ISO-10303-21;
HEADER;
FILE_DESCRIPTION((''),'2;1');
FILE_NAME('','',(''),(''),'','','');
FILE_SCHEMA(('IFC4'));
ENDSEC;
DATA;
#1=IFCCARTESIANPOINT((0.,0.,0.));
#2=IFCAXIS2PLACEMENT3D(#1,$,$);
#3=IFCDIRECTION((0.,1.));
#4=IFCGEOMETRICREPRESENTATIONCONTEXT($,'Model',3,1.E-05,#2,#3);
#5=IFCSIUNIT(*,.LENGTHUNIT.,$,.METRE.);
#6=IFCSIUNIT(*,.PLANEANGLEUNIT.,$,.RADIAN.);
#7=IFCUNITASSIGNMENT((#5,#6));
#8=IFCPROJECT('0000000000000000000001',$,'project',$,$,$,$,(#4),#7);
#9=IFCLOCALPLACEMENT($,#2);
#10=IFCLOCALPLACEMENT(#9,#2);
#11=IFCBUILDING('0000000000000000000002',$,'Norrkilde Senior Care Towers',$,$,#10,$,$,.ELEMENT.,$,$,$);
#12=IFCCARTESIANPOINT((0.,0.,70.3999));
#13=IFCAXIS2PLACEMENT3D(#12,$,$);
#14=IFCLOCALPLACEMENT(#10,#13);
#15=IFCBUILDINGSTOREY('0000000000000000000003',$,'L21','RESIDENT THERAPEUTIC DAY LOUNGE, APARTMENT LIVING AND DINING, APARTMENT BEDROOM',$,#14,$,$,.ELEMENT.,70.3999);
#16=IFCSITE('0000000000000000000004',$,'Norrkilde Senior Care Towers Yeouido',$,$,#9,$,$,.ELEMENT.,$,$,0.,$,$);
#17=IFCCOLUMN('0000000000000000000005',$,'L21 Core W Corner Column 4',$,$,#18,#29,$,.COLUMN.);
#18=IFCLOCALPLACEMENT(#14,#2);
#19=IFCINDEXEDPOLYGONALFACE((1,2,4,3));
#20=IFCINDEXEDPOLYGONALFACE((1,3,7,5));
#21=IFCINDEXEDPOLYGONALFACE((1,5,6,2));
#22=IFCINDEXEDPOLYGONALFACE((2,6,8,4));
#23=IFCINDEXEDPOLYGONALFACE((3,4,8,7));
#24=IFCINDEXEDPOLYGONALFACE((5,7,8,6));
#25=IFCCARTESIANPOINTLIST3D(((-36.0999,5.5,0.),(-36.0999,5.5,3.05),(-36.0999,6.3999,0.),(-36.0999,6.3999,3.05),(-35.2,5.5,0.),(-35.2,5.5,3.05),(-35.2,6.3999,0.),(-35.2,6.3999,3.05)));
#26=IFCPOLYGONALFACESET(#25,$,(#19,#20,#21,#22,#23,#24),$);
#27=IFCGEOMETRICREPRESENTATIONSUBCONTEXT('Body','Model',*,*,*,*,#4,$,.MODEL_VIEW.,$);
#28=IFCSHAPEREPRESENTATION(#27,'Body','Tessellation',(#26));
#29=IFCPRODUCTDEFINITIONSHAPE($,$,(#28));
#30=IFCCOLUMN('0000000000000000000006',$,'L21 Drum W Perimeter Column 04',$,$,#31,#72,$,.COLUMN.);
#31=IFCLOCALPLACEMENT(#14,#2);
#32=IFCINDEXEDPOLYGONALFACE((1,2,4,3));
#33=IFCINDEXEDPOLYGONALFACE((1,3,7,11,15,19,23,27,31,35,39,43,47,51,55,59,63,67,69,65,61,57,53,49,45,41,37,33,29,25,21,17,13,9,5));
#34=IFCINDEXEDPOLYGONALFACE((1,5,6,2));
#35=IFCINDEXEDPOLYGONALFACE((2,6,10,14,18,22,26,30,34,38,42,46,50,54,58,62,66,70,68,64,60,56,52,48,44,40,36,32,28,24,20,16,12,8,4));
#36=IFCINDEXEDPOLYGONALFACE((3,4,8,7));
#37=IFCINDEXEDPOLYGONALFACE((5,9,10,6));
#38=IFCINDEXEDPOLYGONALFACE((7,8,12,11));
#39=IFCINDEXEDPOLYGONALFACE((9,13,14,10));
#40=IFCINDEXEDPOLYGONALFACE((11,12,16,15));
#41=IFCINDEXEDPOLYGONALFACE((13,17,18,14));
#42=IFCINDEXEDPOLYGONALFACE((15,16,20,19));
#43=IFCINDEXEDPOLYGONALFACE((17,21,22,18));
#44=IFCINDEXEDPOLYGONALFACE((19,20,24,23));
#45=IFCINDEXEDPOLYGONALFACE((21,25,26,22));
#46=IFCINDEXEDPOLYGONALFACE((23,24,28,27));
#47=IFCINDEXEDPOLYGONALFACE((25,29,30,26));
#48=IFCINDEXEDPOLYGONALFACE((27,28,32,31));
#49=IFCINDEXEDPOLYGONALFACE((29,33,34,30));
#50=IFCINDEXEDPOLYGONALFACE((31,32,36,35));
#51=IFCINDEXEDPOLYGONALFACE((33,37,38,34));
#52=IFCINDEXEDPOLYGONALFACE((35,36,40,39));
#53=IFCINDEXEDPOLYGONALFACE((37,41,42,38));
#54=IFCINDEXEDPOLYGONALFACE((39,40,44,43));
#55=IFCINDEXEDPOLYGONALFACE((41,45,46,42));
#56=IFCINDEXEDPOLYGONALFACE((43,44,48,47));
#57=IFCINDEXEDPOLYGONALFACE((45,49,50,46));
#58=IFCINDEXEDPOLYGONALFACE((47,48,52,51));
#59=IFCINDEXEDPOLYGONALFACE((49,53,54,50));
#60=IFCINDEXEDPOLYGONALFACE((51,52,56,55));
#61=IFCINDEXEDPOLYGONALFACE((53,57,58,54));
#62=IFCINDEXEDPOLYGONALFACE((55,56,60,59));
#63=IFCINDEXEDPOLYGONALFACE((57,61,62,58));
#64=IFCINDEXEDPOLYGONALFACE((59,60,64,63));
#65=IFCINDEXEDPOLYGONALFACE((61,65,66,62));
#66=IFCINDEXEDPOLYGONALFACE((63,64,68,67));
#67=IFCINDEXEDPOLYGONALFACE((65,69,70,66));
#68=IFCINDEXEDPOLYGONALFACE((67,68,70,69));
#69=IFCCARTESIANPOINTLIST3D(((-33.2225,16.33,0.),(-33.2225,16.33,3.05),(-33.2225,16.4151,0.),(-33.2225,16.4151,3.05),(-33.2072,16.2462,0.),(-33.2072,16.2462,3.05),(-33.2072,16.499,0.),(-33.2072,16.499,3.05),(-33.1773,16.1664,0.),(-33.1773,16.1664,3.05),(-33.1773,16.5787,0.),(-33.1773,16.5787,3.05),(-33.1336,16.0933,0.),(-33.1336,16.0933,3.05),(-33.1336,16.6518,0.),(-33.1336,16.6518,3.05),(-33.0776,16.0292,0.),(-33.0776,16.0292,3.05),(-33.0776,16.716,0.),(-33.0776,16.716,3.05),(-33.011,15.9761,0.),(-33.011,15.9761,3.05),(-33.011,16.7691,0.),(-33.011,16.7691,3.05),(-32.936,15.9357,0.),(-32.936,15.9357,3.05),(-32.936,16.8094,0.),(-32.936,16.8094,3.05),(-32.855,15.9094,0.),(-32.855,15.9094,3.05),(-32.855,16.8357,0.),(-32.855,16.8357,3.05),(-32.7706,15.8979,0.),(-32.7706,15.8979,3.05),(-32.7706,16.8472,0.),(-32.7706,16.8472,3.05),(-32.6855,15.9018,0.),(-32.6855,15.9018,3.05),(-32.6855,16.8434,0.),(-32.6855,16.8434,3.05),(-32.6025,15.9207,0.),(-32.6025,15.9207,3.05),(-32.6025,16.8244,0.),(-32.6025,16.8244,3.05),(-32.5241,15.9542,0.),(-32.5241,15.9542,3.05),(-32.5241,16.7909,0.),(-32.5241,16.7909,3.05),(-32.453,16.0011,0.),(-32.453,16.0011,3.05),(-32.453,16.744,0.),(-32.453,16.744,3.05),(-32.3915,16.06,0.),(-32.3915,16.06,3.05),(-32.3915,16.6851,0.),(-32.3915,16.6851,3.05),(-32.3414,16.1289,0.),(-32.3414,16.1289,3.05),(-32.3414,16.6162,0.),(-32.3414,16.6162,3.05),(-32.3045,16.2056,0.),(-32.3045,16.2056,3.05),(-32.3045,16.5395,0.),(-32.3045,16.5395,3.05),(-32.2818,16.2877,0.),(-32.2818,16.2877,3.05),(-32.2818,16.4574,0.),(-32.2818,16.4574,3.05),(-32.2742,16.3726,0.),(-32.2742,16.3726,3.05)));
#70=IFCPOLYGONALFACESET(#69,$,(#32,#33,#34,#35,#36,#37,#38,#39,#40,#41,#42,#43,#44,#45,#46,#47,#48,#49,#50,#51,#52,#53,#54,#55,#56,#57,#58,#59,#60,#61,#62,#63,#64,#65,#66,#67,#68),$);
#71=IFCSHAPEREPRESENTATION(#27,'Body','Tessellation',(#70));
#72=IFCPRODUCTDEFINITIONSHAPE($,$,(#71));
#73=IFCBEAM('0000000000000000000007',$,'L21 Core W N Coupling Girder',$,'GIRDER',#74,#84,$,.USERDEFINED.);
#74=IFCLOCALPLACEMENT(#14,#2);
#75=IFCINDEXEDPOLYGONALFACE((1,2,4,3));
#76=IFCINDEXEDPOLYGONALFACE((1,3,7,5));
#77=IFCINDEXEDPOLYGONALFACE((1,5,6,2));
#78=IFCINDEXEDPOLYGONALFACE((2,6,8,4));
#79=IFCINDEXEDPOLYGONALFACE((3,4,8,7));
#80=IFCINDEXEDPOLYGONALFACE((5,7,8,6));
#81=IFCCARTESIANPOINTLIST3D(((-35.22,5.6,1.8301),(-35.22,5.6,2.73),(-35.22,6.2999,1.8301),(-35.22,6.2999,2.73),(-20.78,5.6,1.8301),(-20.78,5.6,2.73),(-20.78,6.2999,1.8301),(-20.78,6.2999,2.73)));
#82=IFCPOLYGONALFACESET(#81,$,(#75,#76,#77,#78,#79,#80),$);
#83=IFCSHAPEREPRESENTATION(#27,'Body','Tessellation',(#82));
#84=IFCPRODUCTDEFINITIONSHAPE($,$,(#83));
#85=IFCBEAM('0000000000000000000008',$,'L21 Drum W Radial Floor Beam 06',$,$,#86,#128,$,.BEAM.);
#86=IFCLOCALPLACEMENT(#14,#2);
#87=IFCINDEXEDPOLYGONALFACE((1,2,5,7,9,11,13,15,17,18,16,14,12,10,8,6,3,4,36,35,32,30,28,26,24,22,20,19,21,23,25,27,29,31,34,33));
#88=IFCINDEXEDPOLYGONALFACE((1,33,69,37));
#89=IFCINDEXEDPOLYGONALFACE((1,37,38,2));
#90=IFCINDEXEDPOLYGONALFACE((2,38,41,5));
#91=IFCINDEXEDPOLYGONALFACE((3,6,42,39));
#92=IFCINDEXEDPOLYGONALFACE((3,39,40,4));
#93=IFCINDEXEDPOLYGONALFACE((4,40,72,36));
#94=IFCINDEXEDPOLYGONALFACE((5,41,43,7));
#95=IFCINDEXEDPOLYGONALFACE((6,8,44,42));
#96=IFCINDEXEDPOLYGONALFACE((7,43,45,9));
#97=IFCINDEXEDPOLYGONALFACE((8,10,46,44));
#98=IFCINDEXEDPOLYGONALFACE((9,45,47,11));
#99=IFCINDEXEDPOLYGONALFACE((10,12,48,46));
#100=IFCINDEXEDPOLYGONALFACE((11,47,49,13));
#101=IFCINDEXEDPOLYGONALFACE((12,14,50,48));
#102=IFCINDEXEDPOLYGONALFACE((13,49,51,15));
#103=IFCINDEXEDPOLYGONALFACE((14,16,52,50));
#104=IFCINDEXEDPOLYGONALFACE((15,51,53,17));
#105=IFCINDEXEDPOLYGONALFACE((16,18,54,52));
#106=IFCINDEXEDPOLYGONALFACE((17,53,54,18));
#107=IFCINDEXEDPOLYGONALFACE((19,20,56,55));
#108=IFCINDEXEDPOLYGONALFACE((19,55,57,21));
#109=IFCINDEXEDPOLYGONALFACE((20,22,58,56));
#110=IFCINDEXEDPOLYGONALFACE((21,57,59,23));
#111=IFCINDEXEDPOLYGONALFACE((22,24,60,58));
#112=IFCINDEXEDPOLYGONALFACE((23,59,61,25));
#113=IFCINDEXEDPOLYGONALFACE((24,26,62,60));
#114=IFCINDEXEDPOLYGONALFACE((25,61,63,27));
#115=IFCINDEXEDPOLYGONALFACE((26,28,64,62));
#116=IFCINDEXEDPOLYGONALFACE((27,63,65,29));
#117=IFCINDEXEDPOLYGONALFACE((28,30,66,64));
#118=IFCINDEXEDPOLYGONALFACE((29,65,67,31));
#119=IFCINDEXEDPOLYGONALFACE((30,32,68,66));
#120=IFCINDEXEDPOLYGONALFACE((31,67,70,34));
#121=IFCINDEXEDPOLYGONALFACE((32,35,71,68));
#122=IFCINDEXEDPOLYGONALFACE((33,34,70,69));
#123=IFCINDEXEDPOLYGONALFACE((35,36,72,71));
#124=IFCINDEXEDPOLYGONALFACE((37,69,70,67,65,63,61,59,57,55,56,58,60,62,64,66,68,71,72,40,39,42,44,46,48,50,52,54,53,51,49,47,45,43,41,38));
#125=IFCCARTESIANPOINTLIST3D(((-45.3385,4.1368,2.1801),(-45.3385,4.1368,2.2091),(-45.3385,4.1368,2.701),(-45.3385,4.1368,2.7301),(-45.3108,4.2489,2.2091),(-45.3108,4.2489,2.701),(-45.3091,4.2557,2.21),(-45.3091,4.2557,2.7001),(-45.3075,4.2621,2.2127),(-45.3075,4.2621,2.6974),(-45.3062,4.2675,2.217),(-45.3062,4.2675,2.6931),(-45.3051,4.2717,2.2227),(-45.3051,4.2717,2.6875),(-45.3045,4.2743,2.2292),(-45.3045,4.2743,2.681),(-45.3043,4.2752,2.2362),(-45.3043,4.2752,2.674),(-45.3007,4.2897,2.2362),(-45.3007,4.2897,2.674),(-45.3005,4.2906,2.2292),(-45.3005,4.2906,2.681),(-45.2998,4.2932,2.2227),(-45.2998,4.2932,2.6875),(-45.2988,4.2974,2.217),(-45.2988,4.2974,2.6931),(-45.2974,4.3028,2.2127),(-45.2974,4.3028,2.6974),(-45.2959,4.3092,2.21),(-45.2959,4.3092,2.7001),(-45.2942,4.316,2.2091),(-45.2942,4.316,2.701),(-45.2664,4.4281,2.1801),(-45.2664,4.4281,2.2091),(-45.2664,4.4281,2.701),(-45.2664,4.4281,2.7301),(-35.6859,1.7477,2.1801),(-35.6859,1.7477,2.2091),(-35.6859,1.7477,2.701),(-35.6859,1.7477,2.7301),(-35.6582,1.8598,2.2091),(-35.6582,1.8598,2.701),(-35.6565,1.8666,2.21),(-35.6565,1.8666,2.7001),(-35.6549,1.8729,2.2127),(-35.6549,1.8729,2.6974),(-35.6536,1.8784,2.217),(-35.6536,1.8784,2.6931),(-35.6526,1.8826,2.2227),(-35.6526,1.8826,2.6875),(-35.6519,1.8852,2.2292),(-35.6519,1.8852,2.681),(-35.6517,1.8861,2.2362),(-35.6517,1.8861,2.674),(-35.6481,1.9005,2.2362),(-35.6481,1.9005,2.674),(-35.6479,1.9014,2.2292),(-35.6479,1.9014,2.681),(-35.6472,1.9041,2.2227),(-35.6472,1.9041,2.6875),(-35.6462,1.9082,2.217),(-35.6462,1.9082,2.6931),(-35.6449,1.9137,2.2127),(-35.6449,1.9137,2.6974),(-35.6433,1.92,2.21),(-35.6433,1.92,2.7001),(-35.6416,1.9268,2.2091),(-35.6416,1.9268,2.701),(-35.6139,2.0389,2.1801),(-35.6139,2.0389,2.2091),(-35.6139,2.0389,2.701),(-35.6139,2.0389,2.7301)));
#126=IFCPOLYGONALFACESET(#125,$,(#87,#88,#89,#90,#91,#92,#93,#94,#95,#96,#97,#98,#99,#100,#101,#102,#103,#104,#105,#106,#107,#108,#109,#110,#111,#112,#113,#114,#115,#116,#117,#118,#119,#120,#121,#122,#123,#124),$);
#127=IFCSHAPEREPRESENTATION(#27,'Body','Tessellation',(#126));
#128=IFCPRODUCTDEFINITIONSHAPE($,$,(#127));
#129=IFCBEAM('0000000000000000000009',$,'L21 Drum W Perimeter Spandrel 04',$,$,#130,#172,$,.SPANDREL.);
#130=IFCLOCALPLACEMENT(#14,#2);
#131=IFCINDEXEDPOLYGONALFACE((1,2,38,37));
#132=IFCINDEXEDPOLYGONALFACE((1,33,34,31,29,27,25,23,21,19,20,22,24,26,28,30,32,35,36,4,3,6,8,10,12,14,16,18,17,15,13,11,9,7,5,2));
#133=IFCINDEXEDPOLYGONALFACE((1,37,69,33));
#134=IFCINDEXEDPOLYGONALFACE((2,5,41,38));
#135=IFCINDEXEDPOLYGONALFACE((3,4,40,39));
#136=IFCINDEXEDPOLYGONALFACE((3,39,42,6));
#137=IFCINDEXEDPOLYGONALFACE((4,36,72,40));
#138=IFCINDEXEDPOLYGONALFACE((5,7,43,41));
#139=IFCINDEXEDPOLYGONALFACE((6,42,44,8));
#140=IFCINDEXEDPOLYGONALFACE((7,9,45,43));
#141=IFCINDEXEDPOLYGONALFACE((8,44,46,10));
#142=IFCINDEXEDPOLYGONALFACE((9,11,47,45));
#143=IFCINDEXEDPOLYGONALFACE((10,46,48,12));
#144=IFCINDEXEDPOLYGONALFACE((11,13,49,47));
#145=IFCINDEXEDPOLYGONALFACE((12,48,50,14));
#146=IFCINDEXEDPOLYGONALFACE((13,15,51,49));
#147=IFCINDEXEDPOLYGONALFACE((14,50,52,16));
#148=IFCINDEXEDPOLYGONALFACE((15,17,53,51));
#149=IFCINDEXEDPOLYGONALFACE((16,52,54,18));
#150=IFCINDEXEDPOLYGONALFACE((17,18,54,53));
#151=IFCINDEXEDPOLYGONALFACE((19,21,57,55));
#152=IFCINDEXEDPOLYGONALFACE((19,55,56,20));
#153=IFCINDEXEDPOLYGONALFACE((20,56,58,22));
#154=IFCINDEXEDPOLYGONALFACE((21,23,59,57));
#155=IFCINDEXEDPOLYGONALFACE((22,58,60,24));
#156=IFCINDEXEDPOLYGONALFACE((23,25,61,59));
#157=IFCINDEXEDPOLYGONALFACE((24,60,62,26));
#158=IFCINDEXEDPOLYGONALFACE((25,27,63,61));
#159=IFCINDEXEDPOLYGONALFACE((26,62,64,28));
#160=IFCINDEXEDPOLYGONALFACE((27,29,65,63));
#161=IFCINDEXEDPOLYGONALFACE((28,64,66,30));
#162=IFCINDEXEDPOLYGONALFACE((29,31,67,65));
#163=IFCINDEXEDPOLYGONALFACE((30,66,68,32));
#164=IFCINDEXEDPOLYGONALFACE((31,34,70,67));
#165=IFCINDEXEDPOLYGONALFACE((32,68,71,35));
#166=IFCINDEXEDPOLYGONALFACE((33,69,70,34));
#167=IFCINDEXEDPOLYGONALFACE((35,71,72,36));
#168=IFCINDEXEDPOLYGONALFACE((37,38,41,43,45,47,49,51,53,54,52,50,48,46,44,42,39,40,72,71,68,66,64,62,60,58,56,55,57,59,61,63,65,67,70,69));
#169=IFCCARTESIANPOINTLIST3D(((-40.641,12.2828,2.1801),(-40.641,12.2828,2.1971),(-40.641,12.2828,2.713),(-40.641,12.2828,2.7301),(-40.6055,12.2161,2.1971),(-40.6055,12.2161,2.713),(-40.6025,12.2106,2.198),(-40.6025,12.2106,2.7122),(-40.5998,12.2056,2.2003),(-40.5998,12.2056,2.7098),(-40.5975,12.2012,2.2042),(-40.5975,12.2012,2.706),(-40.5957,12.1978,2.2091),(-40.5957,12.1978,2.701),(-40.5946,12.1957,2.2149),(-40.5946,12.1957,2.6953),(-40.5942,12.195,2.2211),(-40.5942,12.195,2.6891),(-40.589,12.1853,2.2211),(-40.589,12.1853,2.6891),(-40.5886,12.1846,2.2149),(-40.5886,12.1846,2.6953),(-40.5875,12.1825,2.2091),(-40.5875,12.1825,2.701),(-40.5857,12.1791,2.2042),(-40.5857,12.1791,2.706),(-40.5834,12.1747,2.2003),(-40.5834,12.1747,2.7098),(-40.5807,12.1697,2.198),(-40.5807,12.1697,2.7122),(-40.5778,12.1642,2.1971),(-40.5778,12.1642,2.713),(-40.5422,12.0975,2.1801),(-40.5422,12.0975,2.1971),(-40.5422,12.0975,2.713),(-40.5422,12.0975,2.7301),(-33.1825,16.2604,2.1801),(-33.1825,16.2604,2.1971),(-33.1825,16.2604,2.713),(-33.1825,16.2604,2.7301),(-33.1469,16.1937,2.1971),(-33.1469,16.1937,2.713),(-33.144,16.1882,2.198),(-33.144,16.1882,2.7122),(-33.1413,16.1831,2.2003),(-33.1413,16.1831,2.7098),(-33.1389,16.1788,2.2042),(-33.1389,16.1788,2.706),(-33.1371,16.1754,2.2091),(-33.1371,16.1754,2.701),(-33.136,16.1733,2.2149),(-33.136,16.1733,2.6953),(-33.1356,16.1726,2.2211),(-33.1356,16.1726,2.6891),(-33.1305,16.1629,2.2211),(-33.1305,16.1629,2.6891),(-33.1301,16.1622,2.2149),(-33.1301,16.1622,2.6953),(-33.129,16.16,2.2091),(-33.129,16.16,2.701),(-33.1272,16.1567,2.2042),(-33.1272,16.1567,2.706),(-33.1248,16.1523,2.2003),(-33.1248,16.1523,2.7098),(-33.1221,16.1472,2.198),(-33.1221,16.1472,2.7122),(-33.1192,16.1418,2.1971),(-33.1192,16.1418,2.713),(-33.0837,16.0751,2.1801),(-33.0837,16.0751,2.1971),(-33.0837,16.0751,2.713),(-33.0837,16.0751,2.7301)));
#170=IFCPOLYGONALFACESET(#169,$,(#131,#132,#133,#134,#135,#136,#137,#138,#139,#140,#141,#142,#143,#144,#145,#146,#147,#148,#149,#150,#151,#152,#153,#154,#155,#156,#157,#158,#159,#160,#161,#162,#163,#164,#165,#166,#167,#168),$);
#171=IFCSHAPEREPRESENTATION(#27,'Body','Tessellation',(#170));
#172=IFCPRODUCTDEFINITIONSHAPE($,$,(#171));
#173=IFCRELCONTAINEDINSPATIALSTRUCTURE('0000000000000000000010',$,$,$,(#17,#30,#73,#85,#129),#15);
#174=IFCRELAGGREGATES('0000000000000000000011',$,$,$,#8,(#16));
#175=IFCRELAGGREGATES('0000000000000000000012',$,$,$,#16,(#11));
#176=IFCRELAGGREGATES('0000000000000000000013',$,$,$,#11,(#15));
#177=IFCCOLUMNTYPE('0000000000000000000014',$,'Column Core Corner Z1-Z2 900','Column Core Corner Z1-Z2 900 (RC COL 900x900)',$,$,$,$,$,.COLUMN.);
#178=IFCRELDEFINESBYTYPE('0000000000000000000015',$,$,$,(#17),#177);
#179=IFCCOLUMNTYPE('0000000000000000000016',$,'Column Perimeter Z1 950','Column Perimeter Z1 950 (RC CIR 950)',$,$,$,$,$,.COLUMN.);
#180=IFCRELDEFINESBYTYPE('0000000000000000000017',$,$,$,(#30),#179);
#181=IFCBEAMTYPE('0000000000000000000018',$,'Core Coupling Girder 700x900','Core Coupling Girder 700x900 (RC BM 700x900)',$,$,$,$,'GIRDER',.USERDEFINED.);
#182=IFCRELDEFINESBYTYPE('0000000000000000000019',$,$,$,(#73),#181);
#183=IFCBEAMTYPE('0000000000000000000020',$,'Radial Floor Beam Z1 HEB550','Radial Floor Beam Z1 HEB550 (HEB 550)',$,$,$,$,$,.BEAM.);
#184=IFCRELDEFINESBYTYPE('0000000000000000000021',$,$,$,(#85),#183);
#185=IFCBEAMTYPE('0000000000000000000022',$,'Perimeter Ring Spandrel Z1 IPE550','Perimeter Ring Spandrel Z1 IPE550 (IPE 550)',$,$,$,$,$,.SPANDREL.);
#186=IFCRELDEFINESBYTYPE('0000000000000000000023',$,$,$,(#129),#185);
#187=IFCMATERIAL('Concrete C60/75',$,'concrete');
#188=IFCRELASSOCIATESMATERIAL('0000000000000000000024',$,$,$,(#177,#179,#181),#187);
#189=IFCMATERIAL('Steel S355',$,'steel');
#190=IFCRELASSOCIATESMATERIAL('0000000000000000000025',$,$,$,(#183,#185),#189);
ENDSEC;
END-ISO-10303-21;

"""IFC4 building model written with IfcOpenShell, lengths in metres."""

from ifc_helpers import new_model, si_unit, direction, frame, origin, origin_2d, place, context, subcontext, project, spatial, rectangle, circle, i_section, extrude, source, transform, mapped, material, material_profile, profile_set, type_object, type_shapes, element, save


model = new_model("IFC4")

# Units and contexts
model_context = context("Model", 3, precision=1e-05, world=origin(), true_north=direction((0.0, 1.0)))
body_context = subcontext(model_context, "Body", "Model", "MODEL_VIEW")
ifc_project = project(units=[si_unit("LENGTHUNIT", "METRE"), si_unit("PLANEANGLEUNIT", "RADIAN")], contexts=[model_context])

# Site, building, storey
site_placement = place(None, origin())
site = spatial("IfcSite", under=ifc_project, at=site_placement, Name="Norrkilde Senior Care Towers Yeouido", CompositionType="ELEMENT", RefElevation=0.0)
building_placement = place(site_placement, origin())
building = spatial("IfcBuilding", under=site, at=building_placement, Name="Norrkilde Senior Care Towers", CompositionType="ELEMENT")
storey_placement = place(building_placement, frame((0.0, 0.0, 70.3999)))
storey = spatial("IfcBuildingStorey", under=building, at=storey_placement, Name="L21", Description="RESIDENT THERAPEUTIC DAY LOUNGE, APARTMENT LIVING AND DINING, APARTMENT BEDROOM", CompositionType="ELEMENT", Elevation=70.3999)

# Columns
ifc_material_1 = material(Name="Concrete C60/75", Category="concrete")
ifc_material_profile_1 = material_profile(ifc_material_1, rectangle(XDim=0.8999, YDim=0.8999, at=origin_2d()), Name="RC COL 900x900")
ifc_profile_set_1 = profile_set([ifc_material_profile_1], Name="Concrete C60/75")
column_type_1 = type_object("IfcColumnType", Name="Column Core Corner Z1-Z2 900", Description="Column Core Corner Z1-Z2 900 (RC COL 900x900)", PredefinedType="COLUMN", material=ifc_profile_set_1)
shared_shape_1 = source(origin(), body_context, "Body", "SweptSolid", [
    extrude(rectangle(XDim=0.8999, YDim=0.8999, at=origin_2d()), origin(), (0.0, 0.0, 1.0), 3.05),
])
type_shapes(column_type_1, [shared_shape_1])
column_1_placement = place(storey_placement, frame((-35.6499, 5.95, 0.0), z_axis=(0.0, 0.0, 1.0), x_axis=(1.0, 0.0, 0.0)))
element("IfcColumn", 1, at=column_1_placement, inside=storey, type_object=column_type_1, Name="L21 Core W Corner Column 4", PredefinedType="COLUMN", context=body_context, shape_type="MappedRepresentation", body=[
    mapped(shared_shape_1, transform((0.0, 0.0, 0.0), x_axis=(1.0, 0.0, 0.0), y_axis=(0.0, 1.0, 0.0), z_axis=(0.0, 0.0, 1.0), scale=1.0)),
])
ifc_material_profile_2 = material_profile(ifc_material_1, circle(Radius=0.4751, at=origin_2d()), Name="RC CIR 950")
ifc_profile_set_2 = profile_set([ifc_material_profile_2], Name="Concrete C60/75")
column_type_2 = type_object("IfcColumnType", Name="Column Perimeter Z1 950", Description="Column Perimeter Z1 950 (RC CIR 950)", PredefinedType="COLUMN", material=ifc_profile_set_2)
shared_shape_2 = source(origin(), body_context, "Body", "SweptSolid", [
    extrude(circle(Radius=0.4751, at=origin_2d()), origin(), (0.0, 0.0, 1.0), 3.05),
])
type_shapes(column_type_2, [shared_shape_2])
column_2_placement = place(storey_placement, frame((-32.7493, 16.3726, 0.0), z_axis=(0.0, 0.0, 1.0), x_axis=(1.0, 0.0, 0.0)))
element("IfcColumn", 2, at=column_2_placement, inside=storey, type_object=column_type_2, Name="L21 Drum W Perimeter Column 04", PredefinedType="COLUMN", context=body_context, shape_type="MappedRepresentation", body=[
    mapped(shared_shape_2, transform((0.0, 0.0, 0.0), x_axis=(1.0, 0.0, 0.0), y_axis=(0.0, 1.0, 0.0), z_axis=(0.0, 0.0, 1.0), scale=1.0)),
])

# Beams
ifc_material_profile_3 = material_profile(ifc_material_1, rectangle(XDim=0.7, YDim=0.8999, at=origin_2d()), Name="RC BM 700x900")
ifc_profile_set_3 = profile_set([ifc_material_profile_3], Name="Concrete C60/75")
beam_type_1 = type_object("IfcBeamType", Name="Core Coupling Girder 700x900", Description="Core Coupling Girder 700x900 (RC BM 700x900)", ElementType="GIRDER", PredefinedType="USERDEFINED", material=ifc_profile_set_3)
shared_shape_3 = source(origin(), body_context, "Body", "SweptSolid", [
    extrude(rectangle(XDim=0.7, YDim=0.8999, at=origin_2d()), origin(), (0.0, 0.0, 1.0), 14.4399),
])
type_shapes(beam_type_1, [shared_shape_3])
beam_1_placement = place(storey_placement, frame((-35.22, 5.95, 2.28), z_axis=(1.0, 0.0, 0.0), x_axis=(0.0, 1.0, 0.0)))
element("IfcBeam", 3, at=beam_1_placement, inside=storey, type_object=beam_type_1, Name="L21 Core W N Coupling Girder", ObjectType="GIRDER", PredefinedType="USERDEFINED", context=body_context, shape_type="MappedRepresentation", body=[
    mapped(shared_shape_3, transform((0.0, 0.0, 0.0), x_axis=(1.0, 0.0, 0.0), y_axis=(0.0, 1.0, 0.0), z_axis=(0.0, 0.0, 1.0), scale=1.0)),
])
ifc_material_2 = material(Name="Steel S355", Category="steel")
ifc_material_profile_4 = material_profile(ifc_material_2, i_section(OverallWidth=0.3, OverallDepth=0.55, WebThickness=0.0149, FlangeThickness=0.0291, FilletRadius=0.0271, at=origin_2d()), Name="HEB 550")
ifc_profile_set_4 = profile_set([ifc_material_profile_4], Name="Steel S355")
beam_type_2 = type_object("IfcBeamType", Name="Radial Floor Beam Z1 HEB550", Description="Radial Floor Beam Z1 HEB550 (HEB 550)", PredefinedType="BEAM", material=ifc_profile_set_4)
shared_shape_4 = source(origin(), body_context, "Body", "SweptSolid", [
    extrude(i_section(OverallWidth=0.3, OverallDepth=0.55, WebThickness=0.0149, FlangeThickness=0.0291, FilletRadius=0.0271, at=origin_2d()), origin(), (0.0, 0.0, 1.0), 9.9438),
])
beam_2_placement = place(storey_placement, frame((-35.6499, 1.8933, 2.4551), z_axis=(-0.970707, 0.240265, 0.0), x_axis=(-0.240265, -0.970707, 0.0)))
element("IfcBeam", 4, at=beam_2_placement, inside=storey, type_object=beam_type_2, Name="L21 Drum W Radial Floor Beam 06", PredefinedType="BEAM", context=body_context, shape_type="MappedRepresentation", body=[
    mapped(shared_shape_4, transform((0.0, 0.0, 0.0), x_axis=(1.0, 0.0, 0.0), y_axis=(0.0, 1.0, 0.0), z_axis=(0.0, 0.0, 1.0), scale=1.0)),
])
ifc_material_profile_5 = material_profile(ifc_material_2, i_section(OverallWidth=0.21, OverallDepth=0.55, WebThickness=0.011, FlangeThickness=0.0171, FilletRadius=0.0239, at=origin_2d()), Name="IPE 550")
ifc_profile_set_5 = profile_set([ifc_material_profile_5], Name="Steel S355")
beam_type_3 = type_object("IfcBeamType", Name="Perimeter Ring Spandrel Z1 IPE550", Description="Perimeter Ring Spandrel Z1 IPE550 (IPE 550)", PredefinedType="SPANDREL", material=ifc_profile_set_5)
shared_shape_5 = source(origin(), body_context, "Body", "SweptSolid", [
    extrude(i_section(OverallWidth=0.21, OverallDepth=0.55, WebThickness=0.011, FlangeThickness=0.0171, FilletRadius=0.0239, at=origin_2d()), origin(), (0.0, 0.0, 1.0), 8.4529),
])
type_shapes(beam_type_3, [shared_shape_5])
beam_3_placement = place(storey_placement, frame((-33.1331, 16.1677, 2.4551), z_axis=(-0.882369, -0.470558, 0.0), x_axis=(0.470558, -0.882369, 0.0)))
element("IfcBeam", 5, at=beam_3_placement, inside=storey, type_object=beam_type_3, Name="L21 Drum W Perimeter Spandrel 04", PredefinedType="SPANDREL", context=body_context, shape_type="MappedRepresentation", body=[
    mapped(shared_shape_5, transform((0.0, 0.0, 0.0), x_axis=(1.0, 0.0, 0.0), y_axis=(0.0, 1.0, 0.0), z_axis=(0.0, 0.0, 1.0), scale=1.0)),
])

save(model, "model.ifc")
